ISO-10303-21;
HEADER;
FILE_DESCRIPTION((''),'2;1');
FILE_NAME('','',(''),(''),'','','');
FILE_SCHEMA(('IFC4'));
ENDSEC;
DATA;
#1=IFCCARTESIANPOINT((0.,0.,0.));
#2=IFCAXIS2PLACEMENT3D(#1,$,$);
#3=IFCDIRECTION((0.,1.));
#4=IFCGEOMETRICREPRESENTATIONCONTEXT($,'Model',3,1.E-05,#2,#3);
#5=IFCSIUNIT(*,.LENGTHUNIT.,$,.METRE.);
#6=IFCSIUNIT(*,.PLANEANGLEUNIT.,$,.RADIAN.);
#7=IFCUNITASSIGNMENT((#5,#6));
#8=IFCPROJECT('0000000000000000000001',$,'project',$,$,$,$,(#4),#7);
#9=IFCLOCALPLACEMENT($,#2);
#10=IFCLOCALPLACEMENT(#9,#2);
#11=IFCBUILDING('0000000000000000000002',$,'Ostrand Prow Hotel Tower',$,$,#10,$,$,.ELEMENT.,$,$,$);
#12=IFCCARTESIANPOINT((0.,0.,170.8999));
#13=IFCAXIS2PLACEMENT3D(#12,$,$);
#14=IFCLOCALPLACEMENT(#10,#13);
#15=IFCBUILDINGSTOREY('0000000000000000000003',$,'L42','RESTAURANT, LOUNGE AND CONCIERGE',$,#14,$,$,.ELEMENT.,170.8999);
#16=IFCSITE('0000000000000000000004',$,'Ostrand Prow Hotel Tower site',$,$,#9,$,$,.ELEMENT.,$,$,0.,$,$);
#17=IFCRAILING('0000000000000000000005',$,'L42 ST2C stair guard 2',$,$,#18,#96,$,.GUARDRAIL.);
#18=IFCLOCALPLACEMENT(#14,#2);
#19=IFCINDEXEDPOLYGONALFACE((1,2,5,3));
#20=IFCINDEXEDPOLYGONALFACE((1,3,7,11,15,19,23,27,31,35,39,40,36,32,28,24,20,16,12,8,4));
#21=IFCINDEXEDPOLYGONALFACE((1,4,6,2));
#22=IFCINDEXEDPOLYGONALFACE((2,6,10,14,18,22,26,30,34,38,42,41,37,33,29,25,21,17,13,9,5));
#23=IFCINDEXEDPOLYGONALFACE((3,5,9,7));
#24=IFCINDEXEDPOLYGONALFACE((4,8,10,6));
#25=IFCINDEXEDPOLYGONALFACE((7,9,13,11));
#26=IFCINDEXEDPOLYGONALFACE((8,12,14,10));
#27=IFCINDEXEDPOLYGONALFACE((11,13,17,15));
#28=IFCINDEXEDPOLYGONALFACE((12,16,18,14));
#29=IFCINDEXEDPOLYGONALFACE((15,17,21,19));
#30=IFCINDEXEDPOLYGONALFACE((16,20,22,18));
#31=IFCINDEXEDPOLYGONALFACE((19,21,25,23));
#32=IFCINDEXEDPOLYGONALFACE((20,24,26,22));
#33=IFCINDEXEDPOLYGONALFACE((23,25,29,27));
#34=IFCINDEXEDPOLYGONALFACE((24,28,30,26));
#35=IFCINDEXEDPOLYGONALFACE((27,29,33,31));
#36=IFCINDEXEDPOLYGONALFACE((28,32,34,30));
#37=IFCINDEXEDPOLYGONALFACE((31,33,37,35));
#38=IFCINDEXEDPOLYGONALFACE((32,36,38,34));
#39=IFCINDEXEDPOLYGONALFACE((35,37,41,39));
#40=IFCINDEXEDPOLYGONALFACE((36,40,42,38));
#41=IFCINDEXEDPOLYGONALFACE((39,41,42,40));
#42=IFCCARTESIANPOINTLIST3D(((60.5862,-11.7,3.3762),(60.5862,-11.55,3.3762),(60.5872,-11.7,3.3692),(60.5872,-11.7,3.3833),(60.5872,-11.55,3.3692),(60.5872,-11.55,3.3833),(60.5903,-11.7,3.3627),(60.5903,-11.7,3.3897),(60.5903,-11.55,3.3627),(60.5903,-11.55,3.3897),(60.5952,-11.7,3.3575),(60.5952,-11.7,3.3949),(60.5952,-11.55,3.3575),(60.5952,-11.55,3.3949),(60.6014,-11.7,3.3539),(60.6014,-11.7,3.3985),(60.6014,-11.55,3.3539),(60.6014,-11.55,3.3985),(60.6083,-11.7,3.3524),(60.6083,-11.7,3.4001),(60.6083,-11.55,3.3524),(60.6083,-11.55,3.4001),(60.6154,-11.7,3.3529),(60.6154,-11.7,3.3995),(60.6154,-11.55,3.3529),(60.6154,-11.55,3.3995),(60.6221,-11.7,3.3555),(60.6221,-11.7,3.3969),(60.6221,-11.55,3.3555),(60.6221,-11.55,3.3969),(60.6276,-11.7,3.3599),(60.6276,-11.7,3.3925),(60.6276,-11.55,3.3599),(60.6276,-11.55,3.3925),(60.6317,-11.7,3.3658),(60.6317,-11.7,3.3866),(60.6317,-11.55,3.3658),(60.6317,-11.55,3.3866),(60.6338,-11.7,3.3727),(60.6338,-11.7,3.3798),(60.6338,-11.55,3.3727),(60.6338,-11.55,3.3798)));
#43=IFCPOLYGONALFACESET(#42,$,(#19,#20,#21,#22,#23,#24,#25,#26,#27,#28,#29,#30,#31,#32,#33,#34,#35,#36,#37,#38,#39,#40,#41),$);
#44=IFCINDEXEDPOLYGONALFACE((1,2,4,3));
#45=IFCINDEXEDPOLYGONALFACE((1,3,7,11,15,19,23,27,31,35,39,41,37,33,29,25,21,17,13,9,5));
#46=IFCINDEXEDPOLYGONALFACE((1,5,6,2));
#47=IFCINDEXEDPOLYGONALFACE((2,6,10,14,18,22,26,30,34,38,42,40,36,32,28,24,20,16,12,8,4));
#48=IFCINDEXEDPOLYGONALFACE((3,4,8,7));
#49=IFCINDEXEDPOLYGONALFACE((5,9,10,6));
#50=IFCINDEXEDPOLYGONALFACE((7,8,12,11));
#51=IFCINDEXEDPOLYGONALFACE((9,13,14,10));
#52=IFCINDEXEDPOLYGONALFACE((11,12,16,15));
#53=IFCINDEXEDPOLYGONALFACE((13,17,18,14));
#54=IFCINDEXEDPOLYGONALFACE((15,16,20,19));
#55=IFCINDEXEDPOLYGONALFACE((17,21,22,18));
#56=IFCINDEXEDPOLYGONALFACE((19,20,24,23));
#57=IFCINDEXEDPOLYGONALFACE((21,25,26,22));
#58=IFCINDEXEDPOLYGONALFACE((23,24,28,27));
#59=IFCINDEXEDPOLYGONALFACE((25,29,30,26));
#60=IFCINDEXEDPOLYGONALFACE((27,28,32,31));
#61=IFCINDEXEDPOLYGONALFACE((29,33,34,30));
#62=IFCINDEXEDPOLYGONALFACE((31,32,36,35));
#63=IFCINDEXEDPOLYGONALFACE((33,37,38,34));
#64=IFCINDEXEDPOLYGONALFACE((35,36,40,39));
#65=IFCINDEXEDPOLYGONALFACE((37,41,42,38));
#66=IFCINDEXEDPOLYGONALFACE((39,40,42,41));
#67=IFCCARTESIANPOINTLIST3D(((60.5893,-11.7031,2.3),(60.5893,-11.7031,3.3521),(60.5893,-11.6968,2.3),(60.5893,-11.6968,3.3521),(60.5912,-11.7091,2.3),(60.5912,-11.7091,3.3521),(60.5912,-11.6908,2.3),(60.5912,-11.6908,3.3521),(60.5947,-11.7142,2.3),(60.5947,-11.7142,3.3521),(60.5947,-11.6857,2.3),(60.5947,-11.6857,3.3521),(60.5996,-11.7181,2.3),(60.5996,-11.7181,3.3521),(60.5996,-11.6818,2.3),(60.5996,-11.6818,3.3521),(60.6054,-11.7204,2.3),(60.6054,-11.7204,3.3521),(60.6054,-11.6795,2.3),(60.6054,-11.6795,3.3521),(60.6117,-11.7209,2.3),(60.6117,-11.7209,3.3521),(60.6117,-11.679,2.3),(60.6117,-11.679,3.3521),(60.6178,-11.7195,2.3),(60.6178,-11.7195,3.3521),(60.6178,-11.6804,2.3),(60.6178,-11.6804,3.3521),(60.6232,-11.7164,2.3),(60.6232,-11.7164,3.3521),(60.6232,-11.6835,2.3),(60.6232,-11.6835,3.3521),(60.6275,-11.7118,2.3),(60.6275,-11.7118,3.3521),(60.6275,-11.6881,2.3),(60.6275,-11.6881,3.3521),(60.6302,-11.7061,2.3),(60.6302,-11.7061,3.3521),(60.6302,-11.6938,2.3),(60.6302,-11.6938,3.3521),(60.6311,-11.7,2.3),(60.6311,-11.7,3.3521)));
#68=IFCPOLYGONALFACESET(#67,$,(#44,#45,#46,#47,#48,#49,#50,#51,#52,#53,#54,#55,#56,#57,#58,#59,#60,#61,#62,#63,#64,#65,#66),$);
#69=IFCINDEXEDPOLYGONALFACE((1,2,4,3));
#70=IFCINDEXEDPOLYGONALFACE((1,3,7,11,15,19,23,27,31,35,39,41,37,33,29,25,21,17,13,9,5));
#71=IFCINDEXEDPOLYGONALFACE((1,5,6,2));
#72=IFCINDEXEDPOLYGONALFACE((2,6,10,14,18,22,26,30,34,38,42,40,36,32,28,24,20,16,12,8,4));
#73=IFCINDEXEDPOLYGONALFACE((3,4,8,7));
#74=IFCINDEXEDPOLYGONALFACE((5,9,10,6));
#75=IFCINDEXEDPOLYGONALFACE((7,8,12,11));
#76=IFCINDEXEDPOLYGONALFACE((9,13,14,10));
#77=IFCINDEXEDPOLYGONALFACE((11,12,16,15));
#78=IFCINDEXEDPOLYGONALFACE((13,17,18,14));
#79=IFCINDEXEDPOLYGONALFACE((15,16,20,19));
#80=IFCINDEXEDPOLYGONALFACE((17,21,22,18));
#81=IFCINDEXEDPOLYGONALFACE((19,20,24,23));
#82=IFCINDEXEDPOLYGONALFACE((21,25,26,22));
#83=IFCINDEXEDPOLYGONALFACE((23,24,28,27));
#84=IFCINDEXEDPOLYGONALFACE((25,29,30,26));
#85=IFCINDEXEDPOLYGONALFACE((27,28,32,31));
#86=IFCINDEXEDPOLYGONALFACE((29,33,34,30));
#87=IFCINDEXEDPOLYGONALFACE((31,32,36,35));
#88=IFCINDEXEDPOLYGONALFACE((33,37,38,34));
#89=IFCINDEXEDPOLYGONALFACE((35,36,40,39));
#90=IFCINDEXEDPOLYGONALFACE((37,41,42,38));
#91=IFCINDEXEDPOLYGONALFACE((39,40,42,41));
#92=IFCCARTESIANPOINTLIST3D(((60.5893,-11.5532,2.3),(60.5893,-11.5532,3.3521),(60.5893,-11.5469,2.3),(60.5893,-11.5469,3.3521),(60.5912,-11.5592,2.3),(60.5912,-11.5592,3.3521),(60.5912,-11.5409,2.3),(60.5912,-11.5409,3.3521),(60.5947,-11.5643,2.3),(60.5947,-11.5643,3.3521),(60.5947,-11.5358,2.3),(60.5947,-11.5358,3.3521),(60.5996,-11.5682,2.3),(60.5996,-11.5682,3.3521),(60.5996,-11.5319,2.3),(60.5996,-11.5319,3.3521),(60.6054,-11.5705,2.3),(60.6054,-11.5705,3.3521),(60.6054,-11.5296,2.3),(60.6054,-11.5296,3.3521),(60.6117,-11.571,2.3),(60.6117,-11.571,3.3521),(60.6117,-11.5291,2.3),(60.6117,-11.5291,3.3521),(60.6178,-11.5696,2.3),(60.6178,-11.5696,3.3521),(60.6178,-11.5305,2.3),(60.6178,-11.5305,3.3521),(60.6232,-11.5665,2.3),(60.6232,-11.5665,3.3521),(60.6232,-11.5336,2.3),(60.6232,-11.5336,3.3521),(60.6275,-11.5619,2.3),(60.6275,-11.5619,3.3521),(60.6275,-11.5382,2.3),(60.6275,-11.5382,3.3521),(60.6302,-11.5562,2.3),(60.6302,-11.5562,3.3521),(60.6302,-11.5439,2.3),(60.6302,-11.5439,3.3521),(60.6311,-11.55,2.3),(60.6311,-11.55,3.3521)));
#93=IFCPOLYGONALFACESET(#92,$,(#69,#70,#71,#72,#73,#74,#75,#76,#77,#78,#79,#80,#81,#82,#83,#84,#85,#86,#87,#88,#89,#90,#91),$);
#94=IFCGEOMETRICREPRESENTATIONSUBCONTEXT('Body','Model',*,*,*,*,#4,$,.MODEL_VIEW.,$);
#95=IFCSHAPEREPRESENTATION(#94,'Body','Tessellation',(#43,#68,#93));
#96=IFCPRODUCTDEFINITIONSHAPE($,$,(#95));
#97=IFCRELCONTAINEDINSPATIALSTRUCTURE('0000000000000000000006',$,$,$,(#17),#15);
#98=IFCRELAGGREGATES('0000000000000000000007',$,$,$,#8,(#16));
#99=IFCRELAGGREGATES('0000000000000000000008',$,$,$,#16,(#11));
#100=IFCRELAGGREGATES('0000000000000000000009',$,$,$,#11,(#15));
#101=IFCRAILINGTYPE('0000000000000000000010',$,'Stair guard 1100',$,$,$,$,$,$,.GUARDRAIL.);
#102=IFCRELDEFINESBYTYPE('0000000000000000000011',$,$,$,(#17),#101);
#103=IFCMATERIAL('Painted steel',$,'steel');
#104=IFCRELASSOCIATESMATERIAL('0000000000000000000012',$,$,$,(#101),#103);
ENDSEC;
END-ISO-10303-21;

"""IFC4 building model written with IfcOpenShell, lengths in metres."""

from ifc_helpers import new_model, si_unit, direction, frame, origin, origin_2d, place, context, subcontext, project, spatial, circle, extrude, material, type_object, element, save


model = new_model("IFC4")

# Units and contexts
model_context = context("Model", 3, precision=1e-05, world=origin(), true_north=direction((0.0, 1.0)))
body_context = subcontext(model_context, "Body", "Model", "MODEL_VIEW")
ifc_project = project(units=[si_unit("LENGTHUNIT", "METRE"), si_unit("PLANEANGLEUNIT", "RADIAN")], contexts=[model_context])

# Site, building, storey
site_placement = place(None, origin())
site = spatial("IfcSite", under=ifc_project, at=site_placement, Name="Ostrand Prow Hotel Tower site", CompositionType="ELEMENT", RefElevation=0.0)
building_placement = place(site_placement, origin())
building = spatial("IfcBuilding", under=site, at=building_placement, Name="Ostrand Prow Hotel Tower", CompositionType="ELEMENT")
storey_placement = place(building_placement, frame((0.0, 0.0, 170.8999)))
storey = spatial("IfcBuildingStorey", under=building, at=storey_placement, Name="L42", Description="RESTAURANT, LOUNGE AND CONCIERGE", CompositionType="ELEMENT", Elevation=170.8999)

# Railing
ifc_material_1 = material(Name="Painted steel", Category="steel")
railing_type_1 = type_object("IfcRailingType", Name="Stair guard 1100", PredefinedType="GUARDRAIL", material=ifc_material_1)
railing_1_placement = place(storey_placement, frame((60.6101, -11.7, 2.3)))
element("IfcRailing", 1, at=railing_1_placement, inside=storey, type_object=railing_type_1, Name="L42 ST2C stair guard 2", PredefinedType="GUARDRAIL", context=body_context, shape_type="SweptSolid", body=[
    extrude(circle(Radius=0.0239, at=origin_2d()), frame((0.0, 0.0, 1.0762), z_axis=(0.0, 1.0, 0.0), x_axis=(-1.0, 0.0, 0.0)), (0.0, 0.0, 1.0), 0.1499),
    extrude(circle(Radius=0.021, at=origin_2d()), origin(), (0.0, 0.0, 1.0), 1.052),
    extrude(circle(Radius=0.021, at=origin_2d()), frame((0.0, 0.1499, 0.0)), (0.0, 0.0, 1.0), 1.052),
])

save(model, "model.ifc")
